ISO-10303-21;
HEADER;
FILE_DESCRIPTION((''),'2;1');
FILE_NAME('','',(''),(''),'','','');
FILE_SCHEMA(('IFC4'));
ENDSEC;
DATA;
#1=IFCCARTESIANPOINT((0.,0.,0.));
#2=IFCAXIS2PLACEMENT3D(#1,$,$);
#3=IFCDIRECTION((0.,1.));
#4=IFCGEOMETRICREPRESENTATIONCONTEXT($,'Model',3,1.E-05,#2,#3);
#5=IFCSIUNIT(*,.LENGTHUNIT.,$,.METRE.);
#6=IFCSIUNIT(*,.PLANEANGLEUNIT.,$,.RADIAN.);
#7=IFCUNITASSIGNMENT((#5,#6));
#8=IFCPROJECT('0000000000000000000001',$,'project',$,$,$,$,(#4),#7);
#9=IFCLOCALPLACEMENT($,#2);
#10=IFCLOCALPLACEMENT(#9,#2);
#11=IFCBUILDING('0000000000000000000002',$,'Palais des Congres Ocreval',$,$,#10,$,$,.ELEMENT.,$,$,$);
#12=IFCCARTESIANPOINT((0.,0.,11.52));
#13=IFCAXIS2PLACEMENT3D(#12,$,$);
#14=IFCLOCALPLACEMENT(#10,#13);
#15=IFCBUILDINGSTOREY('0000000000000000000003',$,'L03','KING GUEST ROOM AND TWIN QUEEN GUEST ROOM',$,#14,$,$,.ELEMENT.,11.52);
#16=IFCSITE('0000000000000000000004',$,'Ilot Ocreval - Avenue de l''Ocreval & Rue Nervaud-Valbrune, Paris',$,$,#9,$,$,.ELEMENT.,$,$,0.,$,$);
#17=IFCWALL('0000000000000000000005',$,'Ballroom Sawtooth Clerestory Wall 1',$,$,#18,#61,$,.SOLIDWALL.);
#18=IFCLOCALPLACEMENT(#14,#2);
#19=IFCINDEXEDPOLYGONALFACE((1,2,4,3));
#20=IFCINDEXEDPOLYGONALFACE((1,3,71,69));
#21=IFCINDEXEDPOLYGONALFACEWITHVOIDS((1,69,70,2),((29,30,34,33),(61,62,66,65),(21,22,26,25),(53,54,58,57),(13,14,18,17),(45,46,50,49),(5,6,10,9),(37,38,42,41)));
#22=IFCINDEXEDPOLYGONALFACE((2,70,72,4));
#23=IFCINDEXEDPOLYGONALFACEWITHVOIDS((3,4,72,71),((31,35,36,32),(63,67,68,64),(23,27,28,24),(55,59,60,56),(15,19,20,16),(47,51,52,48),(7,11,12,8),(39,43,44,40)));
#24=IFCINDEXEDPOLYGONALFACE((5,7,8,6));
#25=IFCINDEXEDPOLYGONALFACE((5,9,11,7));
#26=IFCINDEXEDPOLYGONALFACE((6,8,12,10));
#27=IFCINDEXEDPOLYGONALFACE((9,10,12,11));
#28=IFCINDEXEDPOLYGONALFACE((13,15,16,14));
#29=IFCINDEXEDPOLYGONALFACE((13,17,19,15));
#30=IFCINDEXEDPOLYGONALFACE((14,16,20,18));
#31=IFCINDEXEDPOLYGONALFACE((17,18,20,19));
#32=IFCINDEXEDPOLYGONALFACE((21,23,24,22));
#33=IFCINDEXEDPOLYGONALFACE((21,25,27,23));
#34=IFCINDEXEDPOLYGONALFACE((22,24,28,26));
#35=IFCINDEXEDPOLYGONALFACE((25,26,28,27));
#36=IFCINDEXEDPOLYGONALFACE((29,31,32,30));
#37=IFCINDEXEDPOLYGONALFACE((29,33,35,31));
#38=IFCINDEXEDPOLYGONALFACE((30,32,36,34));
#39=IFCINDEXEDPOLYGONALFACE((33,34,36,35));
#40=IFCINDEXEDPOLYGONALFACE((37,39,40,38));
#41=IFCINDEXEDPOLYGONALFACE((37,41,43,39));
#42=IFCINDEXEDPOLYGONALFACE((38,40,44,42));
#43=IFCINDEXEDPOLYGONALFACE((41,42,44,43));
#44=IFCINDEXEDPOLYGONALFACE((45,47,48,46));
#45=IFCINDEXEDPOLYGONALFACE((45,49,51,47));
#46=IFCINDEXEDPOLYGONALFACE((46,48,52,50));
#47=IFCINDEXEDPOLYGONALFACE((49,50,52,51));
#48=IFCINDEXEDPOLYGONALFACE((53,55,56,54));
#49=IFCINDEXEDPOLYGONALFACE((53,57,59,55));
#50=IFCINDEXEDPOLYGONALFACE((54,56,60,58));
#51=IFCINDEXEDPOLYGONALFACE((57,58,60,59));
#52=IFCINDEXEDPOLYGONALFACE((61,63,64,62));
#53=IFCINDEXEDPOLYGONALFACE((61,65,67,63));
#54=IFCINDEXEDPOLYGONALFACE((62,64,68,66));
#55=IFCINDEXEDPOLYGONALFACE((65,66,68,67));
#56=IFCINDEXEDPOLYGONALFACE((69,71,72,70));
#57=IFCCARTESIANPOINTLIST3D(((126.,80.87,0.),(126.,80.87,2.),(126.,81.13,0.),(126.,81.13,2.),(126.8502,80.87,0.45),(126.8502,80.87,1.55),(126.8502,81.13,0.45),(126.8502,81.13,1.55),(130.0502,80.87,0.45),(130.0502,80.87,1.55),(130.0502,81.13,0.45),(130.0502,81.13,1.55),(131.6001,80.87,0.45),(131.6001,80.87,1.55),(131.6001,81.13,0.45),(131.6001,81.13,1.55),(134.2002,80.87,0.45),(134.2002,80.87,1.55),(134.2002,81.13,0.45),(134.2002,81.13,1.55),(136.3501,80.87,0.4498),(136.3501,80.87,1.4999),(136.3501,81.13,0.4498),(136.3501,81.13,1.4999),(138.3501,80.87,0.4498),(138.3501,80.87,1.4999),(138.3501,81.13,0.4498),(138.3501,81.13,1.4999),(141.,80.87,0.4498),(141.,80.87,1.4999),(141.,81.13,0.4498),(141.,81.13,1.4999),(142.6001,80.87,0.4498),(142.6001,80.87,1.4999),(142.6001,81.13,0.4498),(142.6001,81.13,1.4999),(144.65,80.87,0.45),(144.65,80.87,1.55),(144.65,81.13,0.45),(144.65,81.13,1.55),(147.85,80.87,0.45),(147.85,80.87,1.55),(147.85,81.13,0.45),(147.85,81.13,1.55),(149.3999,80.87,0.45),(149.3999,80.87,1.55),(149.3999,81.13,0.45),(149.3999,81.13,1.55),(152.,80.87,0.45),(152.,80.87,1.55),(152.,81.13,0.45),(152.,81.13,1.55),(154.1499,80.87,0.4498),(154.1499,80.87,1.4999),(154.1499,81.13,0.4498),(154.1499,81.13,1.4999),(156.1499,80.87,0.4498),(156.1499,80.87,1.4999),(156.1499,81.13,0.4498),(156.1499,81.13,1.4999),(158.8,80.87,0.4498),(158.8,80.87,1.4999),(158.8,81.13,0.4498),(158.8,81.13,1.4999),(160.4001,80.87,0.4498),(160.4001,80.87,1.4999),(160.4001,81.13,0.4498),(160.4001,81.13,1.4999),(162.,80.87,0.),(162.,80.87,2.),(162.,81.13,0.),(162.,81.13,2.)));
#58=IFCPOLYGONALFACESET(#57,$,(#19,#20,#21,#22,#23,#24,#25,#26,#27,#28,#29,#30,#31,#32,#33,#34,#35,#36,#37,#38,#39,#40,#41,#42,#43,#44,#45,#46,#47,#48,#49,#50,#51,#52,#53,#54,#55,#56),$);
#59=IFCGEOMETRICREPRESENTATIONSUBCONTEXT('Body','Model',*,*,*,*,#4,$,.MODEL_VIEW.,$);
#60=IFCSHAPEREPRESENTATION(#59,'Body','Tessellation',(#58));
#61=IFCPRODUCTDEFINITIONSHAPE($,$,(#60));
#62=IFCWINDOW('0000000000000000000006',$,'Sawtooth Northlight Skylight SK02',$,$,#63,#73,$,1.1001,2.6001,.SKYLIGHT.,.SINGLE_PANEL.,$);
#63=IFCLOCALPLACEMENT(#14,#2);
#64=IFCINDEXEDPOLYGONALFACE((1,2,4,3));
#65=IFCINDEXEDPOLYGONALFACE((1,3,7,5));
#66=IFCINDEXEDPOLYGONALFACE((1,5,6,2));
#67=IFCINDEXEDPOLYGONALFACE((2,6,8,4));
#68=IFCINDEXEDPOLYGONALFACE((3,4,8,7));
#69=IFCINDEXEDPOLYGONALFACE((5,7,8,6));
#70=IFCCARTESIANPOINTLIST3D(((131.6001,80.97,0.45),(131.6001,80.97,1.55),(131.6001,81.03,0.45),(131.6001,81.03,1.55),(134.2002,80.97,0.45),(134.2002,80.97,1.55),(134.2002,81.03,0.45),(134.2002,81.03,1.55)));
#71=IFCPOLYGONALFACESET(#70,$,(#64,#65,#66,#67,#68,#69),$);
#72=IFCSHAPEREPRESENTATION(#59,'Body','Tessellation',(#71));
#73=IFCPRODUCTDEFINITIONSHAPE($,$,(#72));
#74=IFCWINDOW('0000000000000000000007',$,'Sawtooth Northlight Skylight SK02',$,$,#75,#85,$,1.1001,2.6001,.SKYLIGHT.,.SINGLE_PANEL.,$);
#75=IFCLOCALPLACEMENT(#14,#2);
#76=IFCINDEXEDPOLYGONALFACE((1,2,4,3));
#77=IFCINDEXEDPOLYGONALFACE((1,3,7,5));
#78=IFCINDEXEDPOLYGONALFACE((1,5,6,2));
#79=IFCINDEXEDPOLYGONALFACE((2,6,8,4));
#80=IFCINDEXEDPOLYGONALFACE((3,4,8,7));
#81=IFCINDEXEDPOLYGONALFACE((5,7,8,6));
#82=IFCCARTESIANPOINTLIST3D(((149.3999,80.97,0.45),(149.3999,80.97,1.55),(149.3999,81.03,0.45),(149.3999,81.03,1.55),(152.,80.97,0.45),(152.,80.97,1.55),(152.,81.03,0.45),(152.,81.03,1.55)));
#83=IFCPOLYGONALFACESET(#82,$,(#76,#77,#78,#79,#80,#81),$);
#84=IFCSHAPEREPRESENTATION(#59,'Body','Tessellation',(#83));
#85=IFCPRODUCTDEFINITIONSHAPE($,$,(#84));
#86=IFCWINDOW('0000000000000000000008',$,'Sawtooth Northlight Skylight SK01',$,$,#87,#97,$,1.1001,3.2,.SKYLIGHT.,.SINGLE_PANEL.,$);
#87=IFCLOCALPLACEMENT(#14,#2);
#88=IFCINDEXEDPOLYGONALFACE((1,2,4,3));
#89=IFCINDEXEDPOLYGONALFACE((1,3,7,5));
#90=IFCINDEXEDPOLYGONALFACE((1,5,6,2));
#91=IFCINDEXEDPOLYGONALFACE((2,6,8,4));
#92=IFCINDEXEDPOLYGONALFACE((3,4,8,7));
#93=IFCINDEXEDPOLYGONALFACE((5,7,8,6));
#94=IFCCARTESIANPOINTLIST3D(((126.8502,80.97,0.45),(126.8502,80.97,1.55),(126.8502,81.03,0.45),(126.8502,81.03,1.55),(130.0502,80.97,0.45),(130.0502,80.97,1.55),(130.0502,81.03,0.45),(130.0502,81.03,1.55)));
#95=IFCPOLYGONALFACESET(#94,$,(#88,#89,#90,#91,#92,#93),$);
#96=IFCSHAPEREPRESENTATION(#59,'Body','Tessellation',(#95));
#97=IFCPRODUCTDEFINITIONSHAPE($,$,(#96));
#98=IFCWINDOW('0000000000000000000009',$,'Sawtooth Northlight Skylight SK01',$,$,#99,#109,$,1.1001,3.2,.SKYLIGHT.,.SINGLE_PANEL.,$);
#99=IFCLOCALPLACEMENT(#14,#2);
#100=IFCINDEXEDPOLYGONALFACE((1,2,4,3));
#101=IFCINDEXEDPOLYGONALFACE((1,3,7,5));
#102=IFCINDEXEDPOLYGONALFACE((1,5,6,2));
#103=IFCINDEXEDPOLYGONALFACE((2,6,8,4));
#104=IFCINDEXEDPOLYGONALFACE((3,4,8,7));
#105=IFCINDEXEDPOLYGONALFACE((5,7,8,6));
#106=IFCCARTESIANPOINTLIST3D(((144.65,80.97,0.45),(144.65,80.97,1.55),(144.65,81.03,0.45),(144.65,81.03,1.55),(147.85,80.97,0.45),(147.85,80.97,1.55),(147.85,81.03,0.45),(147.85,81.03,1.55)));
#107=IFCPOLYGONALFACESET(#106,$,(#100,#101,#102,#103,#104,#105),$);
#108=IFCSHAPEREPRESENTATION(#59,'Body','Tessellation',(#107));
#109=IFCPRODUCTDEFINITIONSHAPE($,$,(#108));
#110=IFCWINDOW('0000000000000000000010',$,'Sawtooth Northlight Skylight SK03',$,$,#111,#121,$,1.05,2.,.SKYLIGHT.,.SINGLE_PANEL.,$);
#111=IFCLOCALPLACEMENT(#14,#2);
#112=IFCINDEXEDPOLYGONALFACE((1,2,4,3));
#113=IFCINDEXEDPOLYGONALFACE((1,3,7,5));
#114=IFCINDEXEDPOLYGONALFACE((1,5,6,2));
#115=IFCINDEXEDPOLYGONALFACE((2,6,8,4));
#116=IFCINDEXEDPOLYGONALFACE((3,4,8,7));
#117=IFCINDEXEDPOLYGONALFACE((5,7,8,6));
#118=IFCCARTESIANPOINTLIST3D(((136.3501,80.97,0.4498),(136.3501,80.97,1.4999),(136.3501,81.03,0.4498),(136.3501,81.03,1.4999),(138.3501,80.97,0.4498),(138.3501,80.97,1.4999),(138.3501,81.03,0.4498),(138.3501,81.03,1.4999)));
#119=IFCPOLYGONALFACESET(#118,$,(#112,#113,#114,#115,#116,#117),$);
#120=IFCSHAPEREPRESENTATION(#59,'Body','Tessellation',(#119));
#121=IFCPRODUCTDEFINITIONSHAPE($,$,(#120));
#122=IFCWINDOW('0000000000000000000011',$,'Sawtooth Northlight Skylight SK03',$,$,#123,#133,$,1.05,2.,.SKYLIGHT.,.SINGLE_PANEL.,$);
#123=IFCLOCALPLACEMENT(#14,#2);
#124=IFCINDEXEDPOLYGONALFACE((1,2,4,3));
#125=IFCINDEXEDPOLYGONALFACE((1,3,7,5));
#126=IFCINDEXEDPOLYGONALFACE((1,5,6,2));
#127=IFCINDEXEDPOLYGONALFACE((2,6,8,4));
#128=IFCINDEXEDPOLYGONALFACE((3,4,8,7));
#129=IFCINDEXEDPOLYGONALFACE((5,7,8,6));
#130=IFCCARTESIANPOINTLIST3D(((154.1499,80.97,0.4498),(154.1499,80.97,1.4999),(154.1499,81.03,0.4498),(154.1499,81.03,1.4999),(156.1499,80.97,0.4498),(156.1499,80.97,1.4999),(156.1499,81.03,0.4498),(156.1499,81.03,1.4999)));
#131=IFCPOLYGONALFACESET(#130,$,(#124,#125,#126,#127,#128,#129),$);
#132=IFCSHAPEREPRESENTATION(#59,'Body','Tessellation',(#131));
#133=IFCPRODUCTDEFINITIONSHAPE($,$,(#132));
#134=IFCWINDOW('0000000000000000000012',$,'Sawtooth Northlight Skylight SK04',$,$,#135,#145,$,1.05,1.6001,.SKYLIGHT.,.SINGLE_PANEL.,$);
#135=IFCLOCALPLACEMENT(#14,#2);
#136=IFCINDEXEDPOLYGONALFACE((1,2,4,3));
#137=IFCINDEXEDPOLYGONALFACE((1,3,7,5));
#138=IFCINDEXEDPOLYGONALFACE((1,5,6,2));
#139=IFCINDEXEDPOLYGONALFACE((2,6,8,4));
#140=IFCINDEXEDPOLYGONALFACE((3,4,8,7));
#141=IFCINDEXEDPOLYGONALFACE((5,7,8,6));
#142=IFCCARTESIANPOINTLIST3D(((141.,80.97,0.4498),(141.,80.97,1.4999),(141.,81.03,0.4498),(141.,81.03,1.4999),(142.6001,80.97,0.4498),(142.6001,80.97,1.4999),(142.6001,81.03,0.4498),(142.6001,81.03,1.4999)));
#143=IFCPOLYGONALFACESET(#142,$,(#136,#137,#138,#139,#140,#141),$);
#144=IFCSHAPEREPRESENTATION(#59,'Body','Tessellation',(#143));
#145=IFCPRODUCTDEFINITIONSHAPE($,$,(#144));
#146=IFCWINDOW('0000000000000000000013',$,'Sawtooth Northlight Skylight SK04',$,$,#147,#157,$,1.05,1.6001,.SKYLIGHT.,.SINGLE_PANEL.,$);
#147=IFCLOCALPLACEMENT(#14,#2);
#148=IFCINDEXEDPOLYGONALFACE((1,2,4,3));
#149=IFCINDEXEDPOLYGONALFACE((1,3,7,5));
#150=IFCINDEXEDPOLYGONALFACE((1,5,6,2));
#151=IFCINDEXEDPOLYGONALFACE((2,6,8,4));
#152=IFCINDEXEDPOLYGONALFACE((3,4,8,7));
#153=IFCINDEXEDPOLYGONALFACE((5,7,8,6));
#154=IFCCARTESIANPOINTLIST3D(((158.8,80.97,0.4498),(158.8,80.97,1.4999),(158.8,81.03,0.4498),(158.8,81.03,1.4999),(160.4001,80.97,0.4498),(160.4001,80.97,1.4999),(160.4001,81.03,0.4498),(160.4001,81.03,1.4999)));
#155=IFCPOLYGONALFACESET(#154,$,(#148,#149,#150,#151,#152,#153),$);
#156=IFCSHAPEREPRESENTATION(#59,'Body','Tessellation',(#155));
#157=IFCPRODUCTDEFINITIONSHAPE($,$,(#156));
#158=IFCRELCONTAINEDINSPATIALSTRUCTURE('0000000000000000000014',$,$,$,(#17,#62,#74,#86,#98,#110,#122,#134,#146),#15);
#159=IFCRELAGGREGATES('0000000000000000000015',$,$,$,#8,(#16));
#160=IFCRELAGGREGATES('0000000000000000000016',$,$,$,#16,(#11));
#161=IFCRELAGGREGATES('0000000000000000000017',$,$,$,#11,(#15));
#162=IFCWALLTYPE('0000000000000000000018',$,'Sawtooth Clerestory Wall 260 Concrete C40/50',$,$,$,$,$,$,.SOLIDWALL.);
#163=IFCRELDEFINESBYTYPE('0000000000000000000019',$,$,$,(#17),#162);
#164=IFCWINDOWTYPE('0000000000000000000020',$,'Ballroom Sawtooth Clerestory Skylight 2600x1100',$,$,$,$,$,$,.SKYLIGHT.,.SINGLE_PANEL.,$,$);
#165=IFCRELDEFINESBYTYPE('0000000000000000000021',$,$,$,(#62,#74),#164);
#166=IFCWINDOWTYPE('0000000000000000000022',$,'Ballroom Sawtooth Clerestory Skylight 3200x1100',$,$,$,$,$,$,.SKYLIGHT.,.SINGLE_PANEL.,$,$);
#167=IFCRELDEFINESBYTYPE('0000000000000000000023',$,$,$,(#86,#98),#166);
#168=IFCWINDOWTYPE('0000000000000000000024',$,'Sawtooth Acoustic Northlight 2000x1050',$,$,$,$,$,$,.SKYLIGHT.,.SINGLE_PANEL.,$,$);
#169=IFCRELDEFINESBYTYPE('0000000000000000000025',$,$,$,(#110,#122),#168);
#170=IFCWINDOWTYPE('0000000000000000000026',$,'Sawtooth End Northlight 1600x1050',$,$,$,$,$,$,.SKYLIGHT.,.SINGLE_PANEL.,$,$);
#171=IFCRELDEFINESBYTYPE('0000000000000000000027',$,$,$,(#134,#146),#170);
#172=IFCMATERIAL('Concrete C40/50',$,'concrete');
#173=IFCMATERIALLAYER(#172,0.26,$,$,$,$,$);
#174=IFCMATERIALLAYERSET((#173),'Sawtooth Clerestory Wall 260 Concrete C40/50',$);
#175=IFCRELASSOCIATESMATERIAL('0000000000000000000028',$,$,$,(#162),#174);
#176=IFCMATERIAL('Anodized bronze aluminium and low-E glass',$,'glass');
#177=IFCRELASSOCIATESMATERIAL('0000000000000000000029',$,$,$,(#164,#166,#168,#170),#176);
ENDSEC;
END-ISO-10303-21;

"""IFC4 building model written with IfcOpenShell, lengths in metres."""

from ifc_helpers import new_model, si_unit, direction, frame, frame_2d, origin, place, context, subcontext, project, spatial, rectangle, extrude, material, layer, layer_set, type_object, element, fill, save


model = new_model("IFC4")

# Units and contexts
model_context = context("Model", 3, precision=1e-05, world=origin(), true_north=direction((0.0, 1.0)))
body_context = subcontext(model_context, "Body", "Model", "MODEL_VIEW")
ifc_project = project(units=[si_unit("LENGTHUNIT", "METRE"), si_unit("PLANEANGLEUNIT", "RADIAN")], contexts=[model_context])

# Site, building, storey
site_placement = place(None, origin())
site = spatial("IfcSite", under=ifc_project, at=site_placement, Name="Ilot Ocreval - Avenue de l'Ocreval & Rue Nervaud-Valbrune, Paris", CompositionType="ELEMENT", RefElevation=0.0)
building_placement = place(site_placement, origin())
building = spatial("IfcBuilding", under=site, at=building_placement, Name="Palais des Congres Ocreval", CompositionType="ELEMENT")
storey_placement = place(building_placement, frame((0.0, 0.0, 11.52)))
storey = spatial("IfcBuildingStorey", under=building, at=storey_placement, Name="L03", Description="KING GUEST ROOM AND TWIN QUEEN GUEST ROOM", CompositionType="ELEMENT", Elevation=11.52)

# Shared definitions
ifc_material_1 = material(Name="Concrete C40/50", Category="concrete")

# Wall, openings, windows
ifc_layer_1 = layer(ifc_material_1, 0.26)
ifc_layer_set_1 = layer_set([ifc_layer_1], Name="Sawtooth Clerestory Wall 260 Concrete C40/50")
wall_type_1 = type_object("IfcWallType", Name="Sawtooth Clerestory Wall 260 Concrete C40/50", PredefinedType="SOLIDWALL", material=ifc_layer_set_1)
wall_1_placement = place(storey_placement, frame((126.0, 81.0, 0.0), z_axis=(0.0, 0.0, 1.0), x_axis=(1.0, 0.0, 0.0)))
wall_1 = element("IfcWall", 1, at=wall_1_placement, inside=storey, type_object=wall_type_1, Name="Ballroom Sawtooth Clerestory Wall 1", PredefinedType="SOLIDWALL", context=body_context, shape_type="SweptSolid", body=[
    extrude(rectangle(XDim=36.0, YDim=0.26, at=frame_2d((18.0, 0.0))), origin(), (0.0, 0.0, 1.0), 2.0),
])
opening_1_placement = place(wall_1_placement, frame((0.8501, 0.0, 0.45)))
opening_1 = element("IfcOpeningElement", 2, at=opening_1_placement, cuts=wall_1, PredefinedType="OPENING", context=body_context, shape_type="SweptSolid", body=[
    extrude(rectangle(XDim=3.2, YDim=1.1001, at=frame_2d((1.6001, 0.55))), frame((0.0, 0.1399, 0.0), z_axis=(0.0, -1.0, 0.0), x_axis=(1.0, 0.0, 0.0)), (0.0, 0.0, 1.0), 0.28),
])
opening_2_placement = place(wall_1_placement, frame((5.6001, 0.0, 0.45)))
opening_2 = element("IfcOpeningElement", 3, at=opening_2_placement, cuts=wall_1, PredefinedType="OPENING", context=body_context, shape_type="SweptSolid", body=[
    extrude(rectangle(XDim=2.6001, YDim=1.1001, at=frame_2d((1.3, 0.55))), frame((0.0, 0.1399, 0.0), z_axis=(0.0, -1.0, 0.0), x_axis=(1.0, 0.0, 0.0)), (0.0, 0.0, 1.0), 0.28),
])
opening_3_placement = place(wall_1_placement, frame((10.3501, 0.0, 0.45)))
opening_3 = element("IfcOpeningElement", 4, at=opening_3_placement, cuts=wall_1, PredefinedType="OPENING", context=body_context, shape_type="SweptSolid", body=[
    extrude(rectangle(XDim=2.0, YDim=1.05, at=frame_2d((1.0, 0.5249))), frame((0.0, 0.1399, 0.0), z_axis=(0.0, -1.0, 0.0), x_axis=(1.0, 0.0, 0.0)), (0.0, 0.0, 1.0), 0.28),
])
opening_4_placement = place(wall_1_placement, frame((15.0, 0.0, 0.45)))
opening_4 = element("IfcOpeningElement", 5, at=opening_4_placement, cuts=wall_1, PredefinedType="OPENING", context=body_context, shape_type="SweptSolid", body=[
    extrude(rectangle(XDim=1.6001, YDim=1.05, at=frame_2d((0.8, 0.5249))), frame((0.0, 0.1399, 0.0), z_axis=(0.0, -1.0, 0.0), x_axis=(1.0, 0.0, 0.0)), (0.0, 0.0, 1.0), 0.28),
])
opening_5_placement = place(wall_1_placement, frame((18.6499, 0.0, 0.45)))
opening_5 = element("IfcOpeningElement", 6, at=opening_5_placement, cuts=wall_1, PredefinedType="OPENING", context=body_context, shape_type="SweptSolid", body=[
    extrude(rectangle(XDim=3.2, YDim=1.1001, at=frame_2d((1.6001, 0.55))), frame((0.0, 0.1399, 0.0), z_axis=(0.0, -1.0, 0.0), x_axis=(1.0, 0.0, 0.0)), (0.0, 0.0, 1.0), 0.28),
])
opening_6_placement = place(wall_1_placement, frame((23.3999, 0.0, 0.45)))
opening_6 = element("IfcOpeningElement", 7, at=opening_6_placement, cuts=wall_1, PredefinedType="OPENING", context=body_context, shape_type="SweptSolid", body=[
    extrude(rectangle(XDim=2.6001, YDim=1.1001, at=frame_2d((1.3, 0.55))), frame((0.0, 0.1399, 0.0), z_axis=(0.0, -1.0, 0.0), x_axis=(1.0, 0.0, 0.0)), (0.0, 0.0, 1.0), 0.28),
])
opening_7_placement = place(wall_1_placement, frame((28.1499, 0.0, 0.45)))
opening_7 = element("IfcOpeningElement", 8, at=opening_7_placement, cuts=wall_1, PredefinedType="OPENING", context=body_context, shape_type="SweptSolid", body=[
    extrude(rectangle(XDim=2.0, YDim=1.05, at=frame_2d((1.0, 0.5249))), frame((0.0, 0.1399, 0.0), z_axis=(0.0, -1.0, 0.0), x_axis=(1.0, 0.0, 0.0)), (0.0, 0.0, 1.0), 0.28),
])
opening_8_placement = place(wall_1_placement, frame((32.8, 0.0, 0.45)))
opening_8 = element("IfcOpeningElement", 9, at=opening_8_placement, cuts=wall_1, PredefinedType="OPENING", context=body_context, shape_type="SweptSolid", body=[
    extrude(rectangle(XDim=1.6001, YDim=1.05, at=frame_2d((0.8, 0.5249))), frame((0.0, 0.1399, 0.0), z_axis=(0.0, -1.0, 0.0), x_axis=(1.0, 0.0, 0.0)), (0.0, 0.0, 1.0), 0.28),
])
ifc_material_2 = material(Name="Anodized bronze aluminium and low-E glass", Category="glass")
window_type_1 = type_object("IfcWindowType", Name="Ballroom Sawtooth Clerestory Skylight 2600x1100", PartitioningType="SINGLE_PANEL", PredefinedType="SKYLIGHT", material=ifc_material_2)
window_1_placement = place(opening_2_placement, origin())
window_1 = element("IfcWindow", 10, at=window_1_placement, inside=storey, type_object=window_type_1, Name="Sawtooth Northlight Skylight SK02", OverallHeight=1.1001, OverallWidth=2.6001, PartitioningType="SINGLE_PANEL", PredefinedType="SKYLIGHT", context=body_context, shape_type="SweptSolid", body=[
    extrude(rectangle(XDim=2.6001, YDim=1.1001, at=frame_2d((1.3, 0.55))), frame((0.0, 0.03, 0.0), z_axis=(0.0, -1.0, 0.0), x_axis=(1.0, 0.0, 0.0)), (0.0, 0.0, 1.0), 0.0601),
])
fill(opening_2, window_1)
window_2_placement = place(opening_6_placement, origin())
window_2 = element("IfcWindow", 11, at=window_2_placement, inside=storey, type_object=window_type_1, Name="Sawtooth Northlight Skylight SK02", OverallHeight=1.1001, OverallWidth=2.6001, PartitioningType="SINGLE_PANEL", PredefinedType="SKYLIGHT", context=body_context, shape_type="SweptSolid", body=[
    extrude(rectangle(XDim=2.6001, YDim=1.1001, at=frame_2d((1.3, 0.55))), frame((0.0, 0.03, 0.0), z_axis=(0.0, -1.0, 0.0), x_axis=(1.0, 0.0, 0.0)), (0.0, 0.0, 1.0), 0.0601),
])
fill(opening_6, window_2)
window_type_2 = type_object("IfcWindowType", Name="Ballroom Sawtooth Clerestory Skylight 3200x1100", PartitioningType="SINGLE_PANEL", PredefinedType="SKYLIGHT", material=ifc_material_2)
window_3_placement = place(opening_1_placement, origin())
window_3 = element("IfcWindow", 12, at=window_3_placement, inside=storey, type_object=window_type_2, Name="Sawtooth Northlight Skylight SK01", OverallHeight=1.1001, OverallWidth=3.2, PartitioningType="SINGLE_PANEL", PredefinedType="SKYLIGHT", context=body_context, shape_type="SweptSolid", body=[
    extrude(rectangle(XDim=3.2, YDim=1.1001, at=frame_2d((1.6001, 0.55))), frame((0.0, 0.03, 0.0), z_axis=(0.0, -1.0, 0.0), x_axis=(1.0, 0.0, 0.0)), (0.0, 0.0, 1.0), 0.0601),
])
fill(opening_1, window_3)
window_4_placement = place(opening_5_placement, origin())
window_4 = element("IfcWindow", 13, at=window_4_placement, inside=storey, type_object=window_type_2, Name="Sawtooth Northlight Skylight SK01", OverallHeight=1.1001, OverallWidth=3.2, PartitioningType="SINGLE_PANEL", PredefinedType="SKYLIGHT", context=body_context, shape_type="SweptSolid", body=[
    extrude(rectangle(XDim=3.2, YDim=1.1001, at=frame_2d((1.6001, 0.55))), frame((0.0, 0.03, 0.0), z_axis=(0.0, -1.0, 0.0), x_axis=(1.0, 0.0, 0.0)), (0.0, 0.0, 1.0), 0.0601),
])
fill(opening_5, window_4)
window_type_3 = type_object("IfcWindowType", Name="Sawtooth Acoustic Northlight 2000x1050", PartitioningType="SINGLE_PANEL", PredefinedType="SKYLIGHT", material=ifc_material_2)
window_5_placement = place(opening_3_placement, origin())
window_5 = element("IfcWindow", 14, at=window_5_placement, inside=storey, type_object=window_type_3, Name="Sawtooth Northlight Skylight SK03", OverallHeight=1.05, OverallWidth=2.0, PartitioningType="SINGLE_PANEL", PredefinedType="SKYLIGHT", context=body_context, shape_type="SweptSolid", body=[
    extrude(rectangle(XDim=2.0, YDim=1.05, at=frame_2d((1.0, 0.5249))), frame((0.0, 0.03, 0.0), z_axis=(0.0, -1.0, 0.0), x_axis=(1.0, 0.0, 0.0)), (0.0, 0.0, 1.0), 0.0601),
])
fill(opening_3, window_5)
window_6_placement = place(opening_7_placement, origin())
window_6 = element("IfcWindow", 15, at=window_6_placement, inside=storey, type_object=window_type_3, Name="Sawtooth Northlight Skylight SK03", OverallHeight=1.05, OverallWidth=2.0, PartitioningType="SINGLE_PANEL", PredefinedType="SKYLIGHT", context=body_context, shape_type="SweptSolid", body=[
    extrude(rectangle(XDim=2.0, YDim=1.05, at=frame_2d((1.0, 0.5249))), frame((0.0, 0.03, 0.0), z_axis=(0.0, -1.0, 0.0), x_axis=(1.0, 0.0, 0.0)), (0.0, 0.0, 1.0), 0.0601),
])
fill(opening_7, window_6)
window_type_4 = type_object("IfcWindowType", Name="Sawtooth End Northlight 1600x1050", PartitioningType="SINGLE_PANEL", PredefinedType="SKYLIGHT", material=ifc_material_2)
window_7_placement = place(opening_4_placement, origin())
window_7 = element("IfcWindow", 16, at=window_7_placement, inside=storey, type_object=window_type_4, Name="Sawtooth Northlight Skylight SK04", OverallHeight=1.05, OverallWidth=1.6001, PartitioningType="SINGLE_PANEL", PredefinedType="SKYLIGHT", context=body_context, shape_type="SweptSolid", body=[
    extrude(rectangle(XDim=1.6001, YDim=1.05, at=frame_2d((0.8, 0.5249))), frame((0.0, 0.03, 0.0), z_axis=(0.0, -1.0, 0.0), x_axis=(1.0, 0.0, 0.0)), (0.0, 0.0, 1.0), 0.0601),
])
fill(opening_4, window_7)
window_8_placement = place(opening_8_placement, origin())
window_8 = element("IfcWindow", 17, at=window_8_placement, inside=storey, type_object=window_type_4, Name="Sawtooth Northlight Skylight SK04", OverallHeight=1.05, OverallWidth=1.6001, PartitioningType="SINGLE_PANEL", PredefinedType="SKYLIGHT", context=body_context, shape_type="SweptSolid", body=[
    extrude(rectangle(XDim=1.6001, YDim=1.05, at=frame_2d((0.8, 0.5249))), frame((0.0, 0.03, 0.0), z_axis=(0.0, -1.0, 0.0), x_axis=(1.0, 0.0, 0.0)), (0.0, 0.0, 1.0), 0.0601),
])
fill(opening_8, window_8)

save(model, "model.ifc")
